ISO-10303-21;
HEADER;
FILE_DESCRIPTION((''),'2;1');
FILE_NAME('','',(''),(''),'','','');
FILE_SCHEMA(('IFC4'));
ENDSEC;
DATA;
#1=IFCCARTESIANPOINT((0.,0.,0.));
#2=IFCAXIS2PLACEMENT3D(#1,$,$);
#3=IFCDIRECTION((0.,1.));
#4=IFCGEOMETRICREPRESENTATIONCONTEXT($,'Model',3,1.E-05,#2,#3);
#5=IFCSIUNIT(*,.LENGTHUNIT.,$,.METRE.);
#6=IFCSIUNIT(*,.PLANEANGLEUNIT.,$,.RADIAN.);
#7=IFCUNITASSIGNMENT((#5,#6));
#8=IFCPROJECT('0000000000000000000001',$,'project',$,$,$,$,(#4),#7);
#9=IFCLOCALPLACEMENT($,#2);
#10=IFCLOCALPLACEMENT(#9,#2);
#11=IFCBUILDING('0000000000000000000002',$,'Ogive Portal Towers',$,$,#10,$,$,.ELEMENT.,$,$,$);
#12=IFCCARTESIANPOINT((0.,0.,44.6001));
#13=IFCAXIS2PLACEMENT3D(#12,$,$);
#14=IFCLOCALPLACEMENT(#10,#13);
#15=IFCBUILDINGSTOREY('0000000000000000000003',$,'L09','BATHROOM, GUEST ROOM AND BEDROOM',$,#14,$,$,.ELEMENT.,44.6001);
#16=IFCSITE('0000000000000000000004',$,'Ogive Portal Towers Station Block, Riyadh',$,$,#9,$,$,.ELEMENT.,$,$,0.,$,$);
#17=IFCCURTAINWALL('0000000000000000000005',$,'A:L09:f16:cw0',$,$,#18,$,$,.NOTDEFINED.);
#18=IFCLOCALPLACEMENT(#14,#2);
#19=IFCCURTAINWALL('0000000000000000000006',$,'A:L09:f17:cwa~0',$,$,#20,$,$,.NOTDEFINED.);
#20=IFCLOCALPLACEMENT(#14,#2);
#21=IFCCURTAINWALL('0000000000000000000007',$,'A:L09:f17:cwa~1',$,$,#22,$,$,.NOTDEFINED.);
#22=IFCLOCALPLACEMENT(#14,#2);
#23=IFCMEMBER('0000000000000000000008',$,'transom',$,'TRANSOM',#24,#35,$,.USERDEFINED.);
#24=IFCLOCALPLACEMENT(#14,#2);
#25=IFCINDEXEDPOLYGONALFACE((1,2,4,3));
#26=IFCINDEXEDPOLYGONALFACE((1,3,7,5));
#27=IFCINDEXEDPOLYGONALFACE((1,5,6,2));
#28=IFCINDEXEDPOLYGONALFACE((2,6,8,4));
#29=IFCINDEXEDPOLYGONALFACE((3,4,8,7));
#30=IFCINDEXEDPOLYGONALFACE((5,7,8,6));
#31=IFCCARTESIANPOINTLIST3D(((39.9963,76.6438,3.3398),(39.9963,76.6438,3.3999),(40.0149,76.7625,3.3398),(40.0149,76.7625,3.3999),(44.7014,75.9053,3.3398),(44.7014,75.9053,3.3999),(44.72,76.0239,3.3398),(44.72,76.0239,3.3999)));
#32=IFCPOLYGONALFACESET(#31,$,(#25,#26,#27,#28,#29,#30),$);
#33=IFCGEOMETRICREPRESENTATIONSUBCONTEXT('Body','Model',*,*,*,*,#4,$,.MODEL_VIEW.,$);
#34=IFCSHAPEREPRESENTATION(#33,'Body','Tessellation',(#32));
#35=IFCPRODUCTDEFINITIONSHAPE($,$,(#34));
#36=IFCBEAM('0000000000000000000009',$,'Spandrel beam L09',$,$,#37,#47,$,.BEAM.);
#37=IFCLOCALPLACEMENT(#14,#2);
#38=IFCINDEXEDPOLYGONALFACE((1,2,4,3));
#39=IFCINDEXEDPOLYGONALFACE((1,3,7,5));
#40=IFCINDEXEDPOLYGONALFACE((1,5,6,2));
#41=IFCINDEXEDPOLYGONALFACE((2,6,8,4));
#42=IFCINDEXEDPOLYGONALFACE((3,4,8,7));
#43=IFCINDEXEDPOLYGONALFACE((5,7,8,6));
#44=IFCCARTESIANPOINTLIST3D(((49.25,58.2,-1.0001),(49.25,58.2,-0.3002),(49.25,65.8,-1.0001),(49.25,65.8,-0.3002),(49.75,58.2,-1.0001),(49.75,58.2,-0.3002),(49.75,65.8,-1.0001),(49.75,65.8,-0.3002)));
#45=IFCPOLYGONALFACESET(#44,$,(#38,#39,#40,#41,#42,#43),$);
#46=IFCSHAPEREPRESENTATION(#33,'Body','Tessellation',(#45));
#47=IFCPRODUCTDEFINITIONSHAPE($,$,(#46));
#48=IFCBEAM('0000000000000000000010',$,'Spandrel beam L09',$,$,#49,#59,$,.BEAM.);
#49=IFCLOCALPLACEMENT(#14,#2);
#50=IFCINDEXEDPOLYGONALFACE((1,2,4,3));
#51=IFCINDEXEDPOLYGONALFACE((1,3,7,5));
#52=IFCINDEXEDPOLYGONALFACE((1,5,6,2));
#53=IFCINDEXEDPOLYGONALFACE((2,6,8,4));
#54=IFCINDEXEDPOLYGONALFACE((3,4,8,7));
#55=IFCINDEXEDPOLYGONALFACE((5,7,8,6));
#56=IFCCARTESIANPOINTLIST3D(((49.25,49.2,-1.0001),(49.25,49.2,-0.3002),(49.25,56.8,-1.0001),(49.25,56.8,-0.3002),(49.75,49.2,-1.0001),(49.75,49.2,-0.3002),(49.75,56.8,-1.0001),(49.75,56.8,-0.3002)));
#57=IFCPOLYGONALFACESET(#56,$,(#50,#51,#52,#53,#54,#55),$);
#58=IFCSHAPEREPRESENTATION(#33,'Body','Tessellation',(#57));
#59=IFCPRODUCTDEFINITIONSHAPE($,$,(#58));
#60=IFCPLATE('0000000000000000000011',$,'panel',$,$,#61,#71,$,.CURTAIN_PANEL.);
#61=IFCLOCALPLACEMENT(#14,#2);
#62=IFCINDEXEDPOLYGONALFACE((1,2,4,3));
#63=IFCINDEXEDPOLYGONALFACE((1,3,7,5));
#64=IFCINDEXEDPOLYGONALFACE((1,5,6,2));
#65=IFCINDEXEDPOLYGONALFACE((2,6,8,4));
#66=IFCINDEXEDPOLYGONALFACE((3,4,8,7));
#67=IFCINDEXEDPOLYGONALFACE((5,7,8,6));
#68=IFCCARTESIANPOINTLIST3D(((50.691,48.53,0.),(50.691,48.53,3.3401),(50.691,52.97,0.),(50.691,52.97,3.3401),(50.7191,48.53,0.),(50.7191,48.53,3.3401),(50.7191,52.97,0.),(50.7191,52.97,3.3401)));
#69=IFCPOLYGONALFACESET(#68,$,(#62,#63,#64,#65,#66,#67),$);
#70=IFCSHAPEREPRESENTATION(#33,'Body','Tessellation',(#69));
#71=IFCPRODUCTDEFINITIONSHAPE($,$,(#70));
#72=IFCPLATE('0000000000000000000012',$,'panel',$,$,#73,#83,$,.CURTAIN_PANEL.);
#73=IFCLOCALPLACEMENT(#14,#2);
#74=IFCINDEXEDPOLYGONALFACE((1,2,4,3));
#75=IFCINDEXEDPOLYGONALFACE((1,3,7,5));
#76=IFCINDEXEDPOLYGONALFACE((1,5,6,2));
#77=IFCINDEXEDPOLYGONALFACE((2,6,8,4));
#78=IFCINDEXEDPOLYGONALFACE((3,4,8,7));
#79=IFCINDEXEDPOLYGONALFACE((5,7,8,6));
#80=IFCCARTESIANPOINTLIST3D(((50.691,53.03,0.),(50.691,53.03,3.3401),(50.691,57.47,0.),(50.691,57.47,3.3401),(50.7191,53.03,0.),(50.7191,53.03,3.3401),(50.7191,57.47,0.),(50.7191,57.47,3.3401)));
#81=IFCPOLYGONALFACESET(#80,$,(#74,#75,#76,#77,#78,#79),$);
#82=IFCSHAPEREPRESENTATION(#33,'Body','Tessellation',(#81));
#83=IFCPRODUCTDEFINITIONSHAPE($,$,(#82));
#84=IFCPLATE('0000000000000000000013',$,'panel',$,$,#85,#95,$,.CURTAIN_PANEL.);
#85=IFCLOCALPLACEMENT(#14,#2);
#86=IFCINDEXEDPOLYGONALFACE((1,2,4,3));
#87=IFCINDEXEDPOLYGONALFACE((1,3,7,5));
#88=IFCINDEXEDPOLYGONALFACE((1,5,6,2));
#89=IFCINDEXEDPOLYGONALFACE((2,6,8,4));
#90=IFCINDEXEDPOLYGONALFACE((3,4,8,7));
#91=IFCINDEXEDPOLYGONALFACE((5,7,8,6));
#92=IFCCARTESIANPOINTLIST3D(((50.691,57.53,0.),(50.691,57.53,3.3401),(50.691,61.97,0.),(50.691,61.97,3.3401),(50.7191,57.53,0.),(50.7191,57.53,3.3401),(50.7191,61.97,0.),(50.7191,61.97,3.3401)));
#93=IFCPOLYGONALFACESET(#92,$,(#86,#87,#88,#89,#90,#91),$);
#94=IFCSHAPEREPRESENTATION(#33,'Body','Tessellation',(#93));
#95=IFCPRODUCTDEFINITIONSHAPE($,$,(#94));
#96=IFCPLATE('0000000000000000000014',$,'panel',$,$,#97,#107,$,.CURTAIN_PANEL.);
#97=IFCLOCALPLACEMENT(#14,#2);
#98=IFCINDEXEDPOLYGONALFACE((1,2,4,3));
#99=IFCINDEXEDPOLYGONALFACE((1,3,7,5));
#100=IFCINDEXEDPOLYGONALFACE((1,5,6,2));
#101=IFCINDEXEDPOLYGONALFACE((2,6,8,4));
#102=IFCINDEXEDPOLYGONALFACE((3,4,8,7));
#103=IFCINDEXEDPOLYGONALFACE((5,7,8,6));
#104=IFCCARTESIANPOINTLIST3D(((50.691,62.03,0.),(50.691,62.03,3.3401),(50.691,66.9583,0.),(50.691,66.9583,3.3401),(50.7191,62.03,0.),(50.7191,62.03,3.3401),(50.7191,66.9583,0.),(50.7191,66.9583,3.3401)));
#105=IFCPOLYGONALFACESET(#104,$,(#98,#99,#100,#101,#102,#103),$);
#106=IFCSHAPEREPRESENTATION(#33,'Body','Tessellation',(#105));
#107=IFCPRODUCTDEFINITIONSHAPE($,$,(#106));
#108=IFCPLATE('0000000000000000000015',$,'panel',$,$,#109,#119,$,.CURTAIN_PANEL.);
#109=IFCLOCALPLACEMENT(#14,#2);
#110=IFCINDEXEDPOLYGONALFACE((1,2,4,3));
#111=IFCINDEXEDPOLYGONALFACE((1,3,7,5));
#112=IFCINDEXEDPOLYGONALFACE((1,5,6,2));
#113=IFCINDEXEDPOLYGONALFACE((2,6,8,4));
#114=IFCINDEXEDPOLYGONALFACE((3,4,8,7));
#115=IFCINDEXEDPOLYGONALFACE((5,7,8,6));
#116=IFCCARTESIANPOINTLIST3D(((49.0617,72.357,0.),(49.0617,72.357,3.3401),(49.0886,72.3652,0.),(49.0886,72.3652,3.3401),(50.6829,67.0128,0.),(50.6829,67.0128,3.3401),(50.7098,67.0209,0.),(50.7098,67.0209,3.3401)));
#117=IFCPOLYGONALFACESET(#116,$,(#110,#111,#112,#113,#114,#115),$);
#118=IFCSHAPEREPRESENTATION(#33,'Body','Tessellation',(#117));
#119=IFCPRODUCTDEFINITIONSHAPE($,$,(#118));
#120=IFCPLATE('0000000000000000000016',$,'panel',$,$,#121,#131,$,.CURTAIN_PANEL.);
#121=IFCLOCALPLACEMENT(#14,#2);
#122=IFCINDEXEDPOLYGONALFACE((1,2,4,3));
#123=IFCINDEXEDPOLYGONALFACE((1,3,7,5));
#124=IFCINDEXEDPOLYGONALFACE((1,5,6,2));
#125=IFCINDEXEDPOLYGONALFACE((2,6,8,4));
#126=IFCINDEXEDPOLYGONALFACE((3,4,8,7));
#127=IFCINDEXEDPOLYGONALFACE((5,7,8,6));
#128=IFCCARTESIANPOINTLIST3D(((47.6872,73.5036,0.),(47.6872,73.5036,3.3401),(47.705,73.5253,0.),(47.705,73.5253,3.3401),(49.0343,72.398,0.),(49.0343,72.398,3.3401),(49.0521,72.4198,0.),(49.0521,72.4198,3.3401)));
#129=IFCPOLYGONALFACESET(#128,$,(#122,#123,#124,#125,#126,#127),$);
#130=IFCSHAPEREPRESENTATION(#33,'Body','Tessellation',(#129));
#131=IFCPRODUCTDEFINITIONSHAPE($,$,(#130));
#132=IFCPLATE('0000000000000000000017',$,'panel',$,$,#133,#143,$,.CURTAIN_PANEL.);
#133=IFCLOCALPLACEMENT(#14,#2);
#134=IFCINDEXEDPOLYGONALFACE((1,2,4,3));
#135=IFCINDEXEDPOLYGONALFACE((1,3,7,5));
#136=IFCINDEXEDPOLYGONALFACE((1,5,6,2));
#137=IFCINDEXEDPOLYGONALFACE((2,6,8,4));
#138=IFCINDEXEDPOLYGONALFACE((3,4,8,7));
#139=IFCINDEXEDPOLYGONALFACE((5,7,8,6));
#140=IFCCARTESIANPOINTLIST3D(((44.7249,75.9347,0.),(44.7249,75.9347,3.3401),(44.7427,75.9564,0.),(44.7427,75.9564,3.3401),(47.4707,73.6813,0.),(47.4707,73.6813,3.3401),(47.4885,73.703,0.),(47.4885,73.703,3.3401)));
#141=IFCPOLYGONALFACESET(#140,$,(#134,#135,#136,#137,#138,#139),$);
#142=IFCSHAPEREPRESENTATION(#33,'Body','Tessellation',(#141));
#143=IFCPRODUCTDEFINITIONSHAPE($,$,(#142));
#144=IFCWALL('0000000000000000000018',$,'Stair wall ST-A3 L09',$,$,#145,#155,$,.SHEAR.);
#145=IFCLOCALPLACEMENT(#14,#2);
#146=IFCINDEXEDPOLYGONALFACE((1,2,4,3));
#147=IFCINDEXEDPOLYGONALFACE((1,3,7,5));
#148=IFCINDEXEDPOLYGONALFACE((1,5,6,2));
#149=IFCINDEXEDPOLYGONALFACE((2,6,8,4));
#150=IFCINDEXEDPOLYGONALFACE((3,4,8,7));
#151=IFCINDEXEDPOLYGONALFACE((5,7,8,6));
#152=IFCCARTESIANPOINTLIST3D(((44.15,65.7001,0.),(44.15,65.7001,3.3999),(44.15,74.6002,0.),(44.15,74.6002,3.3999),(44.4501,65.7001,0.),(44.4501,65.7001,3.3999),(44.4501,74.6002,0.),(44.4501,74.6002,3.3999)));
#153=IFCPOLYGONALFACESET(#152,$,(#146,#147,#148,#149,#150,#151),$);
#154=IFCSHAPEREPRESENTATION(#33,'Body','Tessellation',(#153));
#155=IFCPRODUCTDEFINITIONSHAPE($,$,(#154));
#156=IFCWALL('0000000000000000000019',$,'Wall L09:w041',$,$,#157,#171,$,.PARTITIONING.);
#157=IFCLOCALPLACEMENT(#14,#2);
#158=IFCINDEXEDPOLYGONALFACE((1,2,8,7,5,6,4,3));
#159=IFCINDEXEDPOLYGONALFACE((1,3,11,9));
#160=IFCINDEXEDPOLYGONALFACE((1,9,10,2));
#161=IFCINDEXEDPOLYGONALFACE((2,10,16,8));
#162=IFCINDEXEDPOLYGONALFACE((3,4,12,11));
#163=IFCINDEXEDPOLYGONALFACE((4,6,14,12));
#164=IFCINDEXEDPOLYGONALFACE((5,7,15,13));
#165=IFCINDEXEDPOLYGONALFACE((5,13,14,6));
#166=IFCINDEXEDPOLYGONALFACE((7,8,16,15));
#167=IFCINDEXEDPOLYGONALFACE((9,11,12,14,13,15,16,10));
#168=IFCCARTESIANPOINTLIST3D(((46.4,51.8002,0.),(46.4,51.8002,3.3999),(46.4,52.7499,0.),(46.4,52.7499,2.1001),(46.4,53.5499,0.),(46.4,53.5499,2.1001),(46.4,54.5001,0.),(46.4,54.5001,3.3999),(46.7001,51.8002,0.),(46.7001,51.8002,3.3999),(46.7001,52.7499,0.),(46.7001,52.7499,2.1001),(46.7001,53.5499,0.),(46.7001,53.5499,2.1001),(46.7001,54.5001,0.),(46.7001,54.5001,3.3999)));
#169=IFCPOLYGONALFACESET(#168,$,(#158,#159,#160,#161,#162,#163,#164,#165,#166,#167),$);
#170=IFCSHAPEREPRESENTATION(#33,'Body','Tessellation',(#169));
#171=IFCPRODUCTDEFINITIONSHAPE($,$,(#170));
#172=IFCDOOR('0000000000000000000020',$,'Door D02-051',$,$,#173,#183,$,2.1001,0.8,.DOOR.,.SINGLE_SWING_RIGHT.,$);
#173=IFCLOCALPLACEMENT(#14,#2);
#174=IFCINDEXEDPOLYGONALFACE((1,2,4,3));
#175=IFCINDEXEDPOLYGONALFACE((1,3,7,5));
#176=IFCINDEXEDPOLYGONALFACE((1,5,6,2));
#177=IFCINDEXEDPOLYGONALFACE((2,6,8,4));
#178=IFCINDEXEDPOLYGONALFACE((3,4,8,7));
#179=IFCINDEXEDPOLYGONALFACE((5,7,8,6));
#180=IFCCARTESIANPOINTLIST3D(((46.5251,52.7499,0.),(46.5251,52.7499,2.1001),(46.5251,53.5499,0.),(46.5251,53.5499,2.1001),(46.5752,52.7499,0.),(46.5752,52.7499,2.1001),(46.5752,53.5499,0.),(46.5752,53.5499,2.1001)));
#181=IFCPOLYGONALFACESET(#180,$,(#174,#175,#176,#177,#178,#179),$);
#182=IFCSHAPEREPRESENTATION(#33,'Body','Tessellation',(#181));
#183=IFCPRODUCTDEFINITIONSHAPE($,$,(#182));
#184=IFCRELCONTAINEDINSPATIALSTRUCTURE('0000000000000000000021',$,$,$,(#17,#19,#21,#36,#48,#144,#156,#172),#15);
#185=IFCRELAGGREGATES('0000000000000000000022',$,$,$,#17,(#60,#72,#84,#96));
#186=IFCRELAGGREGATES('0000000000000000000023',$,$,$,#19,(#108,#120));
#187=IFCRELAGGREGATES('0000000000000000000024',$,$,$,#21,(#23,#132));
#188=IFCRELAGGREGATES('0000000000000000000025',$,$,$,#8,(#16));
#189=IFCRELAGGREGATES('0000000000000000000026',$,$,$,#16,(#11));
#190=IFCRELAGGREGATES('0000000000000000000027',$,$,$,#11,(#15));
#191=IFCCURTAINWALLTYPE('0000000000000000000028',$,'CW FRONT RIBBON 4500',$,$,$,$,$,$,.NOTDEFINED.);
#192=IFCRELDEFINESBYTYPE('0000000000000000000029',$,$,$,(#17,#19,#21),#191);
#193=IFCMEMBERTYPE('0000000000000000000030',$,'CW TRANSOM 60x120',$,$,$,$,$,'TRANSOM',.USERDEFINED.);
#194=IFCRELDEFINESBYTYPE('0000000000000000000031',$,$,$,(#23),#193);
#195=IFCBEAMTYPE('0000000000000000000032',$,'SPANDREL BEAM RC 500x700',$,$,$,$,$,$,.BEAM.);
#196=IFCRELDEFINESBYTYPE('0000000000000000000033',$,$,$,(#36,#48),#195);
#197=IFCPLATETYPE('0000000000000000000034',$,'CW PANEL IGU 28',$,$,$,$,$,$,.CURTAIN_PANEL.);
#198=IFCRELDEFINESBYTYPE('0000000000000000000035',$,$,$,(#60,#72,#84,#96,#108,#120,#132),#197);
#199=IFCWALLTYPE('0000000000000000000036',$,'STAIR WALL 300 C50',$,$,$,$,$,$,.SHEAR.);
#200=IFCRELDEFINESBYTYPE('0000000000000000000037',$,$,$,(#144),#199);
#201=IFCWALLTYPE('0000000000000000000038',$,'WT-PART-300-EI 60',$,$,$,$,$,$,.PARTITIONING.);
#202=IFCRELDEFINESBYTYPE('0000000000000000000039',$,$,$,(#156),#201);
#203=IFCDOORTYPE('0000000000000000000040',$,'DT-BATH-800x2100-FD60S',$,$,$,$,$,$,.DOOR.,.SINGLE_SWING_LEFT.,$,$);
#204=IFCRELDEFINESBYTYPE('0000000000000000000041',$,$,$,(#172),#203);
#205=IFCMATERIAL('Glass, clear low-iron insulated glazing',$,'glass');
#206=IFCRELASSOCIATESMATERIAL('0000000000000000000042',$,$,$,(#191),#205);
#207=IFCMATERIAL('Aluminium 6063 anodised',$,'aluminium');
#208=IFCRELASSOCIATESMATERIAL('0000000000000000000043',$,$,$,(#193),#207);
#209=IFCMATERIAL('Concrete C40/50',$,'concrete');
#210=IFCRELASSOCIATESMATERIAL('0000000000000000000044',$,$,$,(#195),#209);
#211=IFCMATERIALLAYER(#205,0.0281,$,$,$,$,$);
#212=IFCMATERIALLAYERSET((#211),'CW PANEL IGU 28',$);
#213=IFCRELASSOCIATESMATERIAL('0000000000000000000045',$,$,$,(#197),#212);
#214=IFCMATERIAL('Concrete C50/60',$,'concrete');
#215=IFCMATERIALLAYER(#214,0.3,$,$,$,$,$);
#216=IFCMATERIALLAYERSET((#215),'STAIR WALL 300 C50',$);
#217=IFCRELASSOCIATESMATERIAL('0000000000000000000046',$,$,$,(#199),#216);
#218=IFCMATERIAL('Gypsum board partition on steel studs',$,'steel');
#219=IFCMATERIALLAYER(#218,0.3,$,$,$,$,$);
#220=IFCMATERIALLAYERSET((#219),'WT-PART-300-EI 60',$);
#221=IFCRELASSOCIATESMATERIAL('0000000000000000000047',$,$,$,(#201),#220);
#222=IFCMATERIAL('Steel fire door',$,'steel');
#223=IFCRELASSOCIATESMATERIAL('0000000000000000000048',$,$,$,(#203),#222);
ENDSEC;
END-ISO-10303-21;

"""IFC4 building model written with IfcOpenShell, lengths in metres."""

from ifc_helpers import new_model, si_unit, direction, frame, frame_2d, origin, origin_2d, place, context, subcontext, project, spatial, rectangle, extrude, material, layer, layer_set, material_profile, profile_set, type_object, element, fill, aggregate, save


model = new_model("IFC4")

# Units and contexts
model_context = context("Model", 3, precision=1e-05, world=origin(), true_north=direction((0.0, 1.0)))
body_context = subcontext(model_context, "Body", "Model", "MODEL_VIEW")
ifc_project = project(units=[si_unit("LENGTHUNIT", "METRE"), si_unit("PLANEANGLEUNIT", "RADIAN")], contexts=[model_context])

# Site, building, storey
site_placement = place(None, origin())
site = spatial("IfcSite", under=ifc_project, at=site_placement, Name="Ogive Portal Towers Station Block, Riyadh", CompositionType="ELEMENT", RefElevation=0.0)
building_placement = place(site_placement, origin())
building = spatial("IfcBuilding", under=site, at=building_placement, Name="Ogive Portal Towers", CompositionType="ELEMENT")
storey_placement = place(building_placement, frame((0.0, 0.0, 44.6001)))
storey = spatial("IfcBuildingStorey", under=building, at=storey_placement, Name="L09", Description="BATHROOM, GUEST ROOM AND BEDROOM", CompositionType="ELEMENT", Elevation=44.6001)

# Curtain walls
ifc_material_1 = material(Name="Glass, clear low-iron insulated glazing", Category="glass")
curtain_wall_type = type_object("IfcCurtainWallType", Name="CW FRONT RIBBON 4500", PredefinedType="NOTDEFINED", material=ifc_material_1)
curtain_wall_1_placement = place(storey_placement, origin())
curtain_wall_1 = element("IfcCurtainWall", 1, at=curtain_wall_1_placement, inside=storey, type_object=curtain_wall_type, Name="A:L09:f16:cw0", PredefinedType="NOTDEFINED")
ifc_material_2 = material(Name="Aluminium 6063 anodised", Category="aluminium")
curtain_wall_2_placement = place(storey_placement, origin())
curtain_wall_2 = element("IfcCurtainWall", 2, at=curtain_wall_2_placement, inside=storey, type_object=curtain_wall_type, Name="A:L09:f17:cwa~0", PredefinedType="NOTDEFINED")
curtain_wall_3_placement = place(storey_placement, origin())
curtain_wall_3 = element("IfcCurtainWall", 3, at=curtain_wall_3_placement, inside=storey, type_object=curtain_wall_type, Name="A:L09:f17:cwa~1", PredefinedType="NOTDEFINED")

# Member
ifc_material_profile_1 = material_profile(ifc_material_2, rectangle(XDim=0.1201, YDim=0.0601, at=origin_2d()), Name="AL 120x60")
ifc_profile_set_1 = profile_set([ifc_material_profile_1], Name="Aluminium 6063 anodised")
member_type_1 = type_object("IfcMemberType", Name="CW TRANSOM 60x120", ElementType="TRANSOM", PredefinedType="USERDEFINED", material=ifc_profile_set_1)
member_1_placement = place(storey_placement, frame((44.7107, 75.9646, 3.3699), z_axis=(-0.987904, 0.155065, 0.0), x_axis=(-0.155065, -0.987904, 0.0)))
member_1 = element("IfcMember", 4, at=member_1_placement, type_object=member_type_1, Name="transom", ObjectType="TRANSOM", PredefinedType="USERDEFINED", context=body_context, shape_type="SweptSolid", body=[
    extrude(rectangle(XDim=0.1201, YDim=0.0601, at=origin_2d()), origin(), (0.0, 0.0, 1.0), 4.7627),
])

# Beams
ifc_material_3 = material(Name="Concrete C40/50", Category="concrete")
ifc_material_profile_2 = material_profile(ifc_material_3, rectangle(XDim=0.5, YDim=0.7, at=origin_2d()), Name="RC 500x700")
ifc_profile_set_2 = profile_set([ifc_material_profile_2], Name="Concrete C40/50")
beam_type = type_object("IfcBeamType", Name="SPANDREL BEAM RC 500x700", PredefinedType="BEAM", material=ifc_profile_set_2)
for number, where, z_axis, x_axis, name in (
    (5, (49.5, 65.8, -0.6501), (0.0, -1.0, 0.0), (1.0, 0.0, 0.0), "Spandrel beam L09"),
    (6, (49.5, 56.8, -0.6501), (0.0, -1.0, 0.0), (1.0, 0.0, 0.0), "Spandrel beam L09"),
):
    element("IfcBeam", number, at=place(storey_placement, frame(where, z_axis=z_axis, x_axis=x_axis)), inside=storey, type_object=beam_type, Name=name, PredefinedType="BEAM", context=body_context, shape_type="SweptSolid", body=[
        extrude(rectangle(XDim=0.5, YDim=0.7, at=origin_2d()), origin(), (0.0, 0.0, 1.0), 7.6001),
    ])

# Plates
ifc_layer_1 = layer(ifc_material_1, 0.0281)
ifc_layer_set_1 = layer_set([ifc_layer_1], Name="CW PANEL IGU 28")
plate_type = type_object("IfcPlateType", Name="CW PANEL IGU 28", PredefinedType="CURTAIN_PANEL", material=ifc_layer_set_1)
plate_1_placement = place(storey_placement, frame((50.7051, 50.75, 0.0), z_axis=(0.0, 0.0, 1.0), x_axis=(0.0, 1.0, 0.0)))
plate_1 = element("IfcPlate", 7, at=plate_1_placement, type_object=plate_type, Name="panel", PredefinedType="CURTAIN_PANEL", context=body_context, shape_type="SweptSolid", body=[
    extrude(rectangle(XDim=4.4399, YDim=0.0281, at=origin_2d()), origin(), (0.0, 0.0, 1.0), 3.3401),
])
plate_2_placement = place(storey_placement, frame((50.7051, 55.25, 0.0), z_axis=(0.0, 0.0, 1.0), x_axis=(0.0, 1.0, 0.0)))
plate_2 = element("IfcPlate", 8, at=plate_2_placement, type_object=plate_type, Name="panel", PredefinedType="CURTAIN_PANEL", context=body_context, shape_type="SweptSolid", body=[
    extrude(rectangle(XDim=4.4399, YDim=0.0281, at=origin_2d()), origin(), (0.0, 0.0, 1.0), 3.3401),
])
plate_3_placement = place(storey_placement, frame((50.7051, 59.75, 0.0), z_axis=(0.0, 0.0, 1.0), x_axis=(0.0, 1.0, 0.0)))
plate_3 = element("IfcPlate", 9, at=plate_3_placement, type_object=plate_type, Name="panel", PredefinedType="CURTAIN_PANEL", context=body_context, shape_type="SweptSolid", body=[
    extrude(rectangle(XDim=4.4399, YDim=0.0281, at=origin_2d()), origin(), (0.0, 0.0, 1.0), 3.3401),
])
plate_4_placement = place(storey_placement, frame((50.7051, 64.4941, 0.0), z_axis=(0.0, 0.0, 1.0), x_axis=(0.0, 1.0, 0.0)))
plate_4 = element("IfcPlate", 10, at=plate_4_placement, type_object=plate_type, Name="panel", PredefinedType="CURTAIN_PANEL", context=body_context, shape_type="SweptSolid", body=[
    extrude(rectangle(XDim=4.9282, YDim=0.0281, at=origin_2d()), origin(), (0.0, 0.0, 1.0), 3.3401),
])
aggregate(curtain_wall_1, [plate_1, plate_2, plate_3, plate_4])
plate_5_placement = place(storey_placement, frame((49.8857, 69.689, 0.0), z_axis=(0.0, 0.0, 1.0), x_axis=(-0.290285, 0.95694, 0.0)))
plate_5 = element("IfcPlate", 11, at=plate_5_placement, type_object=plate_type, Name="panel", PredefinedType="CURTAIN_PANEL", context=body_context, shape_type="SweptSolid", body=[
    extrude(rectangle(XDim=5.5847, YDim=0.0281, at=origin_2d()), origin(), (0.0, 0.0, 1.0), 3.3401),
])
plate_6_placement = place(storey_placement, frame((48.3696, 72.9617, 0.0), z_axis=(0.0, 0.0, 1.0), x_axis=(-0.77301, 0.634393, 0.0)))
plate_6 = element("IfcPlate", 12, at=plate_6_placement, type_object=plate_type, Name="panel", PredefinedType="CURTAIN_PANEL", context=body_context, shape_type="SweptSolid", body=[
    extrude(rectangle(XDim=1.7427, YDim=0.0281, at=origin_2d()), origin(), (0.0, 0.0, 1.0), 3.3401),
])
aggregate(curtain_wall_2, [plate_5, plate_6])
plate_7_placement = place(storey_placement, frame((46.1067, 74.8188, 0.0), z_axis=(0.0, 0.0, 1.0), x_axis=(-0.77301, 0.634393, 0.0)))
plate_7 = element("IfcPlate", 13, at=plate_7_placement, type_object=plate_type, Name="panel", PredefinedType="CURTAIN_PANEL", context=body_context, shape_type="SweptSolid", body=[
    extrude(rectangle(XDim=3.552, YDim=0.0281, at=origin_2d()), origin(), (0.0, 0.0, 1.0), 3.3401),
])
aggregate(curtain_wall_3, [member_1, plate_7])

# Wall
ifc_material_4 = material(Name="Concrete C50/60", Category="concrete")
ifc_layer_2 = layer(ifc_material_4, 0.3)
ifc_layer_set_2 = layer_set([ifc_layer_2], Name="STAIR WALL 300 C50")
wall_type_1 = type_object("IfcWallType", Name="STAIR WALL 300 C50", PredefinedType="SHEAR", material=ifc_layer_set_2)
wall_1_placement = place(storey_placement, frame((44.3, 65.7, 0.0), z_axis=(0.0, 0.0, 1.0), x_axis=(0.0, 1.0, 0.0)))
element("IfcWall", 14, at=wall_1_placement, inside=storey, type_object=wall_type_1, Name="Stair wall ST-A3 L09", PredefinedType="SHEAR", context=body_context, shape_type="SweptSolid", body=[
    extrude(rectangle(XDim=8.9001, YDim=0.3, at=frame_2d((4.4502, 0.0))), origin(), (0.0, 0.0, 1.0), 3.3999),
])

# Wall, opening, door
ifc_material_5 = material(Name="Gypsum board partition on steel studs", Category="steel")
ifc_layer_3 = layer(ifc_material_5, 0.3)
ifc_layer_set_3 = layer_set([ifc_layer_3], Name="WT-PART-300-EI 60")
wall_type_2 = type_object("IfcWallType", Name="WT-PART-300-EI 60", PredefinedType="PARTITIONING", material=ifc_layer_set_3)
wall_2_placement = place(storey_placement, frame((46.55, 51.8, 0.0), z_axis=(0.0, 0.0, 1.0), x_axis=(0.0, 1.0, 0.0)))
wall_2 = element("IfcWall", 15, at=wall_2_placement, inside=storey, type_object=wall_type_2, Name="Wall L09:w041", PredefinedType="PARTITIONING", context=body_context, shape_type="SweptSolid", body=[
    extrude(rectangle(XDim=2.7, YDim=0.3, at=frame_2d((1.3501, 0.0))), origin(), (0.0, 0.0, 1.0), 3.3999),
])
opening_1_placement = place(wall_2_placement, frame((0.95, 0.0, 0.0)))
opening_1 = element("IfcOpeningElement", 16, at=opening_1_placement, cuts=wall_2, PredefinedType="OPENING", context=body_context, shape_type="SweptSolid", body=[
    extrude(rectangle(XDim=0.8, YDim=2.1001, at=frame_2d((0.3999, 1.05))), frame((0.0, 0.1602, 0.0), z_axis=(0.0, -1.0, 0.0), x_axis=(1.0, 0.0, 0.0)), (0.0, 0.0, 1.0), 0.3201),
])
ifc_material_6 = material(Name="Steel fire door", Category="steel")
door_type = type_object("IfcDoorType", Name="DT-BATH-800x2100-FD60S", OperationType="SINGLE_SWING_LEFT", PredefinedType="DOOR", material=ifc_material_6)
door_1_placement = place(opening_1_placement, origin())
door_1 = element("IfcDoor", 17, at=door_1_placement, inside=storey, type_object=door_type, Name="Door D02-051", OperationType="SINGLE_SWING_RIGHT", OverallHeight=2.1001, OverallWidth=0.8, PredefinedType="DOOR", context=body_context, shape_type="SweptSolid", body=[
    extrude(rectangle(XDim=0.8, YDim=2.1001, at=frame_2d((0.3999, 1.05))), frame((0.0, 0.0249, 0.0), z_axis=(0.0, -1.0, 0.0), x_axis=(1.0, 0.0, 0.0)), (0.0, 0.0, 1.0), 0.05),
])
fill(opening_1, door_1)

save(model, "model.ifc")
